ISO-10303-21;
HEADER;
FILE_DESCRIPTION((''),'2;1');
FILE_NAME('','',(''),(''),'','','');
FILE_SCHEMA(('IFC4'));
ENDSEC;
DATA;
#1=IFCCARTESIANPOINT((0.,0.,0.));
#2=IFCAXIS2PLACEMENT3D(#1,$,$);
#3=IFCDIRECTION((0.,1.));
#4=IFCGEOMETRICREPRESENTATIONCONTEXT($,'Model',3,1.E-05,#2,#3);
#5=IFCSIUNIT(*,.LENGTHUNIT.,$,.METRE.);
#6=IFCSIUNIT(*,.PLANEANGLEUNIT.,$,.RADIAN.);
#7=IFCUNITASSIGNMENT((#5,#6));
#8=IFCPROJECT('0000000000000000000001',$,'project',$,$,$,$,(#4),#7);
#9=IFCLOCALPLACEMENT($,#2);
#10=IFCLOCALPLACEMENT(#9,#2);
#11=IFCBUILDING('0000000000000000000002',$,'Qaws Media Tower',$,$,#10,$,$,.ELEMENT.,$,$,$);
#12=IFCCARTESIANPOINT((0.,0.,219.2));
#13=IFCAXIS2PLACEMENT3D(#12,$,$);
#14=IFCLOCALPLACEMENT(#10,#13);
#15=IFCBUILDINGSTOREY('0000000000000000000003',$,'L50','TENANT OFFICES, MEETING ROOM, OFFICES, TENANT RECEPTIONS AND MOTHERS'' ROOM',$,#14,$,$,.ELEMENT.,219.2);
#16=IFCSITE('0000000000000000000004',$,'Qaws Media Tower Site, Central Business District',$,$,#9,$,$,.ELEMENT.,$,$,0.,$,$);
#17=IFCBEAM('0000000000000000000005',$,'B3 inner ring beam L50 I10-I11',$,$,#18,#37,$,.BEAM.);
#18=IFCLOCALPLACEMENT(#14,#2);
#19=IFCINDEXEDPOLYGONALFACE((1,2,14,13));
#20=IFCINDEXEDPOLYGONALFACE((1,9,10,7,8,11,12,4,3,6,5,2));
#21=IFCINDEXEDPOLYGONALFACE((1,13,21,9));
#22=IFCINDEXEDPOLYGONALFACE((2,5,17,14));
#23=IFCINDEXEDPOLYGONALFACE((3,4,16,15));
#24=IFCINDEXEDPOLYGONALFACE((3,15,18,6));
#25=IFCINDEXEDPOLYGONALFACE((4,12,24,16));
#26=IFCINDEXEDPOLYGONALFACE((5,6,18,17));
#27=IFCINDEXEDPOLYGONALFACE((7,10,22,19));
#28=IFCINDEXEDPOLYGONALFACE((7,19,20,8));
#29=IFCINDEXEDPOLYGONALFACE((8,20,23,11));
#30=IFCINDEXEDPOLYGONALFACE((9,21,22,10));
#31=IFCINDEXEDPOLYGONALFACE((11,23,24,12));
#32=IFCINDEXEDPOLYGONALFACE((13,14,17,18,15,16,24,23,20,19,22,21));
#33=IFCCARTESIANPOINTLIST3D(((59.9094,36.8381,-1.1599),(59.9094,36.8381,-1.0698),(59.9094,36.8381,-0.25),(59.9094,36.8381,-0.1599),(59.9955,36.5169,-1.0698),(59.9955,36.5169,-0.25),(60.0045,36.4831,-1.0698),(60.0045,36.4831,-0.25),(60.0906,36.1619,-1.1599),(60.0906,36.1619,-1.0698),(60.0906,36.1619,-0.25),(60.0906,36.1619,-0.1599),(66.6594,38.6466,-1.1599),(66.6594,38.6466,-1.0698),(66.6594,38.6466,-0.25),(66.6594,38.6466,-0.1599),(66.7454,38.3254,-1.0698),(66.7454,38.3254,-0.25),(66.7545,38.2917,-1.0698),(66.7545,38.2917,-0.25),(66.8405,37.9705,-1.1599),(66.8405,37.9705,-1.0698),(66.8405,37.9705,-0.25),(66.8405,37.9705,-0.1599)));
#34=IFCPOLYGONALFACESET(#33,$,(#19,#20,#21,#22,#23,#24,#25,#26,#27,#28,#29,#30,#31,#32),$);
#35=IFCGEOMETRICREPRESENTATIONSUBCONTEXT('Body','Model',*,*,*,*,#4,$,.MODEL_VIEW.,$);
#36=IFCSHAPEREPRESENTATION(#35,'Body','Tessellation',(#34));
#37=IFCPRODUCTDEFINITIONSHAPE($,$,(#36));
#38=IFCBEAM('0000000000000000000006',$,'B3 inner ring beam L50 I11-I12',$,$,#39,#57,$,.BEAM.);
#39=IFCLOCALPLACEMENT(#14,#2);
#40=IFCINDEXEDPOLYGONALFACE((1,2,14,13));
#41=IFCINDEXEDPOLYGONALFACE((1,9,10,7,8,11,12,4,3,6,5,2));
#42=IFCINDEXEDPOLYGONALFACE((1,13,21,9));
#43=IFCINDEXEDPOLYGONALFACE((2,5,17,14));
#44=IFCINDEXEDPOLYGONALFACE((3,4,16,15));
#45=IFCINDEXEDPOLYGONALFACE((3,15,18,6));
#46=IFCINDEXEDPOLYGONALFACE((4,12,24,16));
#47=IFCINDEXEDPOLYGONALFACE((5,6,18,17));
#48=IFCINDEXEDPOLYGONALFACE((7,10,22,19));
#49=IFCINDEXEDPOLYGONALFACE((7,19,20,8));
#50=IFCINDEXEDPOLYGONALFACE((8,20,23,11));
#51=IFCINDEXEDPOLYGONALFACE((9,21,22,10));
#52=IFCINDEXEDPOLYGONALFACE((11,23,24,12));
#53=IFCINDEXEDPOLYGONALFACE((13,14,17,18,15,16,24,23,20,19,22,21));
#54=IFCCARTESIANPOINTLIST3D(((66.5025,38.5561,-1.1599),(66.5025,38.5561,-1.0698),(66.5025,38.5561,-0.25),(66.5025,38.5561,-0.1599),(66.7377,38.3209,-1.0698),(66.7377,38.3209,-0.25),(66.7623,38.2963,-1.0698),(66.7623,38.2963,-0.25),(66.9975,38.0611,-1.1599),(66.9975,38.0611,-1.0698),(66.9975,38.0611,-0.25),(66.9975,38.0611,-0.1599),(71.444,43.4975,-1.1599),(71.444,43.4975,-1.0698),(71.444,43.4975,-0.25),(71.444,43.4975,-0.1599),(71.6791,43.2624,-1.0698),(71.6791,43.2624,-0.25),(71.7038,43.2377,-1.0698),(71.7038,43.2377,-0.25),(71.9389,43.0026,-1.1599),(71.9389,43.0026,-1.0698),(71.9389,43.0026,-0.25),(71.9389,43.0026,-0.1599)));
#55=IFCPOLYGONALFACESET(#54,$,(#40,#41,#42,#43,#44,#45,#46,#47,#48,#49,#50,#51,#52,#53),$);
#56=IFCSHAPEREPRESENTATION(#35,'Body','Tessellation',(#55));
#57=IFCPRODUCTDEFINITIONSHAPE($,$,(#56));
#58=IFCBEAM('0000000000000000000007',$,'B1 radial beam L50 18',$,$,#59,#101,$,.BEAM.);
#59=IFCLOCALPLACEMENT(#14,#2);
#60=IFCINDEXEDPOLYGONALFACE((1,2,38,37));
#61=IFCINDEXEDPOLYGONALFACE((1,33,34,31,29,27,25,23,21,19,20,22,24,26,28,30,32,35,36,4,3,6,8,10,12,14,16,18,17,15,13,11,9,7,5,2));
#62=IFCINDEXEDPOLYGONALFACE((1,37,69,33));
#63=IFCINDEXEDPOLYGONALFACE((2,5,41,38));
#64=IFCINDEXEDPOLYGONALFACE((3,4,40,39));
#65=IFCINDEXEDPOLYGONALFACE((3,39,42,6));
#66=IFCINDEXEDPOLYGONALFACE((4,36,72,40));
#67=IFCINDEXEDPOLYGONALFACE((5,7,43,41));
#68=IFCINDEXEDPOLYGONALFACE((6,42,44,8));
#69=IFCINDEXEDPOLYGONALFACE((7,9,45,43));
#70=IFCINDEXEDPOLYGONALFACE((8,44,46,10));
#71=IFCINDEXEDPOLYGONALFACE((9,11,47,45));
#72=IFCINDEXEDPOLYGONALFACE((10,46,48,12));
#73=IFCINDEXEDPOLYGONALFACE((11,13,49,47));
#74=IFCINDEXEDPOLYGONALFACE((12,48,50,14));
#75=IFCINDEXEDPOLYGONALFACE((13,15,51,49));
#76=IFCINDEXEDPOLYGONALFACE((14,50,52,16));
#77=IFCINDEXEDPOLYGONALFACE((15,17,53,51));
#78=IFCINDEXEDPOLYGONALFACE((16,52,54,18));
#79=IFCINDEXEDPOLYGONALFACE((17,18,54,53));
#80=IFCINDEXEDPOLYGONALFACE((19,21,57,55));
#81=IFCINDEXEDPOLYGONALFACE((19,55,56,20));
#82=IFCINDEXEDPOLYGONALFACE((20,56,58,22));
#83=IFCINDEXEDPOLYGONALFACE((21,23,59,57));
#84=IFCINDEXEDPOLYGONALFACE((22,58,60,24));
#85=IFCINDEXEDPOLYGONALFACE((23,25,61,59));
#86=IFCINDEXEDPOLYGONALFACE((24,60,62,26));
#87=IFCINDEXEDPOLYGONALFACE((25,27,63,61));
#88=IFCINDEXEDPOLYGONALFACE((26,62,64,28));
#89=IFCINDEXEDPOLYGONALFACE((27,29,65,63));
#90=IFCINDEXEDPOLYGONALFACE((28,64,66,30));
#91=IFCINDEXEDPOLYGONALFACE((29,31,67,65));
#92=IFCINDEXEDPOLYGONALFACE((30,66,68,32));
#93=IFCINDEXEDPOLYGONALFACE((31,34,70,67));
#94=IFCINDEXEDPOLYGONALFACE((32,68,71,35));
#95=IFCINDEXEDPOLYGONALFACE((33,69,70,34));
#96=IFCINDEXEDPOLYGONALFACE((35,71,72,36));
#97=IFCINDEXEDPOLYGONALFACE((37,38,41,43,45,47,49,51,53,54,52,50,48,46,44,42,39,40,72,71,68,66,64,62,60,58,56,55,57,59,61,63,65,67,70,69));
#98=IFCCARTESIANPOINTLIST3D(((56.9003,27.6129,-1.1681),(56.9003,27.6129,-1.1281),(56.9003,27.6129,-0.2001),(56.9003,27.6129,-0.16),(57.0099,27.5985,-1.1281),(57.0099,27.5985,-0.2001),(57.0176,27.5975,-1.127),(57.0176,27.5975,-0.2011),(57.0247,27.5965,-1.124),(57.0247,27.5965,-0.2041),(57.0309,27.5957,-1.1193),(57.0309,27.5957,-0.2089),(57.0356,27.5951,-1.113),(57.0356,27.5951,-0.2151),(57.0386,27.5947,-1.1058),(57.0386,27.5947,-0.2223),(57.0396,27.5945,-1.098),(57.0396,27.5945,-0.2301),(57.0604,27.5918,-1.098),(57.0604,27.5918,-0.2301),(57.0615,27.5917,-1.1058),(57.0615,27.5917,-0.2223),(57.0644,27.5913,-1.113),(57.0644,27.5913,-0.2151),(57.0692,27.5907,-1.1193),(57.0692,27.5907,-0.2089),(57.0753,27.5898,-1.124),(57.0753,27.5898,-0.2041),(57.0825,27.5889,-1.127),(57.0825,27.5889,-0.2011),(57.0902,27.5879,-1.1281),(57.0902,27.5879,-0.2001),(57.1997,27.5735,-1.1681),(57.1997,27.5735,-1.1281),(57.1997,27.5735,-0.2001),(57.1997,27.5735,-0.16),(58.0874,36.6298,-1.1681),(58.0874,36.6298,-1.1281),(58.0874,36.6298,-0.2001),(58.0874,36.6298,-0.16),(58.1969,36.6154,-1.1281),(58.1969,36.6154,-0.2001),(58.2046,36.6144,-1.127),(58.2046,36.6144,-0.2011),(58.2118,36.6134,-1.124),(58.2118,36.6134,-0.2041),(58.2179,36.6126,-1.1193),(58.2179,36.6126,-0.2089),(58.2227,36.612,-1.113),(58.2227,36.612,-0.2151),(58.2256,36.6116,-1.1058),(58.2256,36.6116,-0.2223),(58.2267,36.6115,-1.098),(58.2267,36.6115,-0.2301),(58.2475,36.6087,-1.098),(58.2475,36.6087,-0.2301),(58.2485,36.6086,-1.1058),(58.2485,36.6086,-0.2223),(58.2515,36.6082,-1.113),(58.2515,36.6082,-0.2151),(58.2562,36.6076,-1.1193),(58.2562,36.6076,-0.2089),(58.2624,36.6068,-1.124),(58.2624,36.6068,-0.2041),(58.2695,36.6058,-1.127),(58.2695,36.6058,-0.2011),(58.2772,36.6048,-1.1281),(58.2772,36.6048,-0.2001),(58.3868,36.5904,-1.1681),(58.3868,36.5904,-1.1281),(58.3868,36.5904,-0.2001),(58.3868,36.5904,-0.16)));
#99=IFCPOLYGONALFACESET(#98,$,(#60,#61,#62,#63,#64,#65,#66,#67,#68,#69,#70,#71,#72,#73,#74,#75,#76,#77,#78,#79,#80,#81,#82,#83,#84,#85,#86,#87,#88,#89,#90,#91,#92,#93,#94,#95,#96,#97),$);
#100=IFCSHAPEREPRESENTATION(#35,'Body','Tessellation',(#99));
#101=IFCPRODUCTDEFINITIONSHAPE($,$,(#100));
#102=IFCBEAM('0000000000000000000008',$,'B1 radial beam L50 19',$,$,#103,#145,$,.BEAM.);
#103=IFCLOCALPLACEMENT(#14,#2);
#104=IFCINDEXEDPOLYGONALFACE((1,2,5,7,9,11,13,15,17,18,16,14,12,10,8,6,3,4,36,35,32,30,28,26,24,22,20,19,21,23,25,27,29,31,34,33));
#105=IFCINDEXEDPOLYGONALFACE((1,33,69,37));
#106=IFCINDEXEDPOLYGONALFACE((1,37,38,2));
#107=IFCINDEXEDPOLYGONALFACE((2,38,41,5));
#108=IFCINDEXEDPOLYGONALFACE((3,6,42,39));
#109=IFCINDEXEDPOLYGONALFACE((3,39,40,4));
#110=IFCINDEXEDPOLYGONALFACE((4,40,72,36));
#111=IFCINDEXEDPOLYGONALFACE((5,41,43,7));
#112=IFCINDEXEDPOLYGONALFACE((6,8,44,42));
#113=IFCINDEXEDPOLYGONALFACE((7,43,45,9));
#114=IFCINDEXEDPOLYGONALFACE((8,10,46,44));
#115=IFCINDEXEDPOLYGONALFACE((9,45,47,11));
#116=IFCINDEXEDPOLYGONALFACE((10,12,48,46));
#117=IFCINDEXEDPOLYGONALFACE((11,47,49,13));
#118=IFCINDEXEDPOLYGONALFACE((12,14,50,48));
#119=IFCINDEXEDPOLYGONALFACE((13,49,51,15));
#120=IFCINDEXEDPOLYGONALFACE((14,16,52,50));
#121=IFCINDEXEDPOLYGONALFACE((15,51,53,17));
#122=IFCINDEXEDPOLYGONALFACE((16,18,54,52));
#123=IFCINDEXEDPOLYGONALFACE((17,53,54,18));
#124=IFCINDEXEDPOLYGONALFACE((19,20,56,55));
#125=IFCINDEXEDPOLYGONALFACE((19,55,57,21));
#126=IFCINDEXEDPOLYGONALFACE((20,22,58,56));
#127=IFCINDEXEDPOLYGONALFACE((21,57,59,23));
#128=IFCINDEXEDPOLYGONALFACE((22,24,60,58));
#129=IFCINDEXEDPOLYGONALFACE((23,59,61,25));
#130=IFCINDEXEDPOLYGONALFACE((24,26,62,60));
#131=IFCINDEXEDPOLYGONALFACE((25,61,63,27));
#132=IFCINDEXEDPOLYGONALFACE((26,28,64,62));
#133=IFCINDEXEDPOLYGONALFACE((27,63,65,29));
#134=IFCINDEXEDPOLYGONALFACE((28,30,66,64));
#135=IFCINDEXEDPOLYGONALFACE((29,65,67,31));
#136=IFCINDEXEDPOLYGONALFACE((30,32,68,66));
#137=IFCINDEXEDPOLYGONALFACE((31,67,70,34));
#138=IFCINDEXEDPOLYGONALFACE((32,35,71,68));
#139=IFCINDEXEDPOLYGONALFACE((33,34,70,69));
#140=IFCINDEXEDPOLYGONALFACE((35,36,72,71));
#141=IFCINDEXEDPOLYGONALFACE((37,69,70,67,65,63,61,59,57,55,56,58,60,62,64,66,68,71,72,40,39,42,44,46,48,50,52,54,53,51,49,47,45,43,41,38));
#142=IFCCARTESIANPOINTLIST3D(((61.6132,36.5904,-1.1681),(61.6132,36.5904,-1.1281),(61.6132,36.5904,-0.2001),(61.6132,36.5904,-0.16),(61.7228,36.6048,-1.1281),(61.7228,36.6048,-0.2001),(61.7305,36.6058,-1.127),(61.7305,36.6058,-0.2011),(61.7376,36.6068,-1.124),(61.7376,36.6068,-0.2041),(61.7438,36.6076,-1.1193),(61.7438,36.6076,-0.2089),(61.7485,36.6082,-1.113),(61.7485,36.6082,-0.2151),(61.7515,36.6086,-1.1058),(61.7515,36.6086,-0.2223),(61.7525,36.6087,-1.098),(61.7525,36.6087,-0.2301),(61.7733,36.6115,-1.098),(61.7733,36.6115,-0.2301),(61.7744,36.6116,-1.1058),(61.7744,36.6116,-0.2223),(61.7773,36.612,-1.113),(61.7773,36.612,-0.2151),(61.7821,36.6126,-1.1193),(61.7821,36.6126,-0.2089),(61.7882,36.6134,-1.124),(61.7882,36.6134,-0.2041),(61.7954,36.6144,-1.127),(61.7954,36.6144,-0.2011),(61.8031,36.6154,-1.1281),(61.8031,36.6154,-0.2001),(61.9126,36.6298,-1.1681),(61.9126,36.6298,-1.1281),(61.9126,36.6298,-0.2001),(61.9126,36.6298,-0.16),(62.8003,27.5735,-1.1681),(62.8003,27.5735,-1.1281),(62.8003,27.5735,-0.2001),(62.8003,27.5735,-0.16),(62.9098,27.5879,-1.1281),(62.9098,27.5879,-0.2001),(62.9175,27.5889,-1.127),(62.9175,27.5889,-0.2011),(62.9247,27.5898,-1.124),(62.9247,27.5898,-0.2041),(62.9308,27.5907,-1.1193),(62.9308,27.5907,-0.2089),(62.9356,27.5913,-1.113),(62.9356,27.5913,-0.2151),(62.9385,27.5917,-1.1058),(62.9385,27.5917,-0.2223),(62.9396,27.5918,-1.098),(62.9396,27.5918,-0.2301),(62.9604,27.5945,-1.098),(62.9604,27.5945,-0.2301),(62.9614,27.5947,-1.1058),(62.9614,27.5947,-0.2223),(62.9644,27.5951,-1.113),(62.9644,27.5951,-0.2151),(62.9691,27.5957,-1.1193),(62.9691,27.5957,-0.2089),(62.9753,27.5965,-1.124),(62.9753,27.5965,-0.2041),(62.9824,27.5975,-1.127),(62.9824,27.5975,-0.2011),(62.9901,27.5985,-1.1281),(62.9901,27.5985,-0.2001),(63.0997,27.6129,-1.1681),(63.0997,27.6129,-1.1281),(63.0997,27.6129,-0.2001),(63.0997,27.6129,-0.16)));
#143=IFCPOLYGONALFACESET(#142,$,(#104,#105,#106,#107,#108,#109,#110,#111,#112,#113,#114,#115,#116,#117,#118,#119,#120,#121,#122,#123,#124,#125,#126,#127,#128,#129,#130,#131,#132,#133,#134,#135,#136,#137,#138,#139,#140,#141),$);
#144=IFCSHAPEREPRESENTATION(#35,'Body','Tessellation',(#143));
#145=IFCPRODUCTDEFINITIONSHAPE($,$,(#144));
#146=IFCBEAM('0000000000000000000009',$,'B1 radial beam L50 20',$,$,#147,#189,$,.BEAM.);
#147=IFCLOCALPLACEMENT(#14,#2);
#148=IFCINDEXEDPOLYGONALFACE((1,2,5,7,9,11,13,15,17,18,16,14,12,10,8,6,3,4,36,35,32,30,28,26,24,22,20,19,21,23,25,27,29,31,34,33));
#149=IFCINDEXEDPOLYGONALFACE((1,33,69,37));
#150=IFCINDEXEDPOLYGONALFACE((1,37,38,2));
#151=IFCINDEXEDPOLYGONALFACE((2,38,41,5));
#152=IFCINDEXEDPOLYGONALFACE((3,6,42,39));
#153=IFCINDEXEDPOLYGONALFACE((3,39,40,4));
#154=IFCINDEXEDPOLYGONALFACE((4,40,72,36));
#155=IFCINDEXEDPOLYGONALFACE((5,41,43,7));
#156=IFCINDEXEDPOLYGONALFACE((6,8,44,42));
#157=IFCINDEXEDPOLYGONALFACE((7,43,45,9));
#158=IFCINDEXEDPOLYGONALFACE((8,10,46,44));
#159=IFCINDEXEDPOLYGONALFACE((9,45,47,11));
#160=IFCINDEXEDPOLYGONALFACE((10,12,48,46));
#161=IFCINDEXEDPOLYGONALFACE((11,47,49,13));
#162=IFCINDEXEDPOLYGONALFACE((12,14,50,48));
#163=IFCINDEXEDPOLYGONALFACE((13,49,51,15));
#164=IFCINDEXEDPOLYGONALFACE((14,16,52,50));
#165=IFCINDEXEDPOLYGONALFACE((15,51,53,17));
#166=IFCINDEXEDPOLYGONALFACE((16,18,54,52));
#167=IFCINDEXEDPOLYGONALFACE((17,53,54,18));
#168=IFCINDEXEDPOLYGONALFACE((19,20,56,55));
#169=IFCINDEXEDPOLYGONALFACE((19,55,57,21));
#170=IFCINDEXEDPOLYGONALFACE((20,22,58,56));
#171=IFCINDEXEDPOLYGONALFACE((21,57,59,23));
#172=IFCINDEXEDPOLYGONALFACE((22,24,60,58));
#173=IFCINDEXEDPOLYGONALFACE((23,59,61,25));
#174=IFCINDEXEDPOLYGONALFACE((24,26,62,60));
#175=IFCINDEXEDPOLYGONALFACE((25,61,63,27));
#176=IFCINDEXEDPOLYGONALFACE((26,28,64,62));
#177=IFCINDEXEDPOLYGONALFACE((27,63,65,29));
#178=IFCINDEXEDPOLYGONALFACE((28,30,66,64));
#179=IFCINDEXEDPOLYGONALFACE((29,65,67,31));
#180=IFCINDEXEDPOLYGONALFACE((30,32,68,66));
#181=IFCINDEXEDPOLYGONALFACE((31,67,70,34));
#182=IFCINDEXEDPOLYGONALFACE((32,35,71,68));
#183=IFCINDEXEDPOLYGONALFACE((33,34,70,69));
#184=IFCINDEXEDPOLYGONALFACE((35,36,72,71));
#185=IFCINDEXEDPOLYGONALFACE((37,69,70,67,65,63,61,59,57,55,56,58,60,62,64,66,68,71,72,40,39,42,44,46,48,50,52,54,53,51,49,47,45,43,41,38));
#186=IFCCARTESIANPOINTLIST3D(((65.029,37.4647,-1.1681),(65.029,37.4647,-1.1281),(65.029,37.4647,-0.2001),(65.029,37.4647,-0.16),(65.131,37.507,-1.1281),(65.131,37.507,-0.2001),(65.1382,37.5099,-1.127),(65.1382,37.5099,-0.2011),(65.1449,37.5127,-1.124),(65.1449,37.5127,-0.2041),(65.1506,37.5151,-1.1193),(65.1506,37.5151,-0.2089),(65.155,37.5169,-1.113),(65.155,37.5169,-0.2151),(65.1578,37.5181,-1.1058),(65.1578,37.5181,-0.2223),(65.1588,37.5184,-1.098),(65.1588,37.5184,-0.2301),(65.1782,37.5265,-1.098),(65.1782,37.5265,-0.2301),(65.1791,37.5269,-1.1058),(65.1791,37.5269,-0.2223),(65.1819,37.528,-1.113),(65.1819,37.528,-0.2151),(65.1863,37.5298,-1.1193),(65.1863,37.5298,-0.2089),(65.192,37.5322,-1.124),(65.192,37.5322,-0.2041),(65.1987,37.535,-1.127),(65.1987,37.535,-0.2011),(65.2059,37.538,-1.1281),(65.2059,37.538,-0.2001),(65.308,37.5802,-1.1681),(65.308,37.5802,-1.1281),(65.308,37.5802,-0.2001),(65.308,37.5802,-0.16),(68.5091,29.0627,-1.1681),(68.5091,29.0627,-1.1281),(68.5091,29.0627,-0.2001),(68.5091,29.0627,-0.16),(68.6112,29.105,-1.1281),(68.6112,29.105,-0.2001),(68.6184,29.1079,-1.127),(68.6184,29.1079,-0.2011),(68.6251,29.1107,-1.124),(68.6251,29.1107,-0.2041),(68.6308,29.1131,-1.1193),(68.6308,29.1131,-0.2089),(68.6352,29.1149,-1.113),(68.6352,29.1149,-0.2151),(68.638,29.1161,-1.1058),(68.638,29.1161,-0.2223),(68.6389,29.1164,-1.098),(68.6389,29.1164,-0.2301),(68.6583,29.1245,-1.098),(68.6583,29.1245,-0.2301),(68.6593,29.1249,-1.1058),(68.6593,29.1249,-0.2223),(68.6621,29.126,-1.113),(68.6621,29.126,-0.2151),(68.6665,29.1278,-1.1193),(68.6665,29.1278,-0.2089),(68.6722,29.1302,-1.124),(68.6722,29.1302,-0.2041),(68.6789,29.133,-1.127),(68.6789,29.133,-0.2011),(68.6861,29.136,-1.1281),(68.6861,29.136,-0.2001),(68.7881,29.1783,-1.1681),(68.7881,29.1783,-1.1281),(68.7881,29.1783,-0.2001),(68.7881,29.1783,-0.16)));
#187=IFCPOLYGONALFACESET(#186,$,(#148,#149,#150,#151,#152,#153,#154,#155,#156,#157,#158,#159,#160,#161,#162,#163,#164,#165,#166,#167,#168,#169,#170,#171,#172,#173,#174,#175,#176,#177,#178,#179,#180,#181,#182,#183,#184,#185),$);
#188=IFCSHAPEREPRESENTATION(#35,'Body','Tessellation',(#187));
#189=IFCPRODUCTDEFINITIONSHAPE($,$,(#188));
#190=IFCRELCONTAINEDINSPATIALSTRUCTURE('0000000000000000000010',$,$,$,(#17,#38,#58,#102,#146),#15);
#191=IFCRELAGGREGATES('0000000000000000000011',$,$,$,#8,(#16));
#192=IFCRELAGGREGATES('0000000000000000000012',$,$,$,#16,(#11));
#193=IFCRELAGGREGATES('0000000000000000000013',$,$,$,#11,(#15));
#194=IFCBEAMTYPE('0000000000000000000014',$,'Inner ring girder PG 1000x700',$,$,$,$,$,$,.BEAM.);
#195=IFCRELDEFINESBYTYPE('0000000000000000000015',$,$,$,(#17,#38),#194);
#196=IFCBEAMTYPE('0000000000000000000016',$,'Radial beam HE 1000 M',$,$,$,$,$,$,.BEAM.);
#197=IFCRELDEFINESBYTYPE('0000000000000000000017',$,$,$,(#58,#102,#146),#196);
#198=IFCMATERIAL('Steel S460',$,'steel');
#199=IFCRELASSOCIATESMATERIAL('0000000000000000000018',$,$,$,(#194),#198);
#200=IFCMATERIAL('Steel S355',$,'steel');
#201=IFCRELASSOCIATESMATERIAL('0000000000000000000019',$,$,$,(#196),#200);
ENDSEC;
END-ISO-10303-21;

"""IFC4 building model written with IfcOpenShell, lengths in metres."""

from ifc_helpers import new_model, si_unit, direction, frame, origin, origin_2d, place, context, subcontext, project, spatial, i_section, extrude, material, material_profile, profile_set, type_object, element, save


model = new_model("IFC4")

# Units and contexts
model_context = context("Model", 3, precision=1e-05, world=origin(), true_north=direction((0.0, 1.0)))
body_context = subcontext(model_context, "Body", "Model", "MODEL_VIEW")
ifc_project = project(units=[si_unit("LENGTHUNIT", "METRE"), si_unit("PLANEANGLEUNIT", "RADIAN")], contexts=[model_context])

# Site, building, storey
site_placement = place(None, origin())
site = spatial("IfcSite", under=ifc_project, at=site_placement, Name="Qaws Media Tower Site, Central Business District", CompositionType="ELEMENT", RefElevation=0.0)
building_placement = place(site_placement, origin())
building = spatial("IfcBuilding", under=site, at=building_placement, Name="Qaws Media Tower", CompositionType="ELEMENT")
storey_placement = place(building_placement, frame((0.0, 0.0, 219.2)))
storey = spatial("IfcBuildingStorey", under=building, at=storey_placement, Name="L50", Description="TENANT OFFICES, MEETING ROOM, OFFICES, TENANT RECEPTIONS AND MOTHERS' ROOM", CompositionType="ELEMENT", Elevation=219.2)

# Beams
ifc_material_1 = material(Name="Steel S460", Category="steel")
ifc_material_profile_1 = material_profile(ifc_material_1, i_section(OverallWidth=0.7, OverallDepth=1.0, WebThickness=0.0349, FlangeThickness=0.0901, at=origin_2d()), Name="PG 1000x700")
ifc_profile_set_1 = profile_set([ifc_material_profile_1], Name="Steel S460")
beam_type_1 = type_object("IfcBeamType", Name="Inner ring girder PG 1000x700", PredefinedType="BEAM", material=ifc_profile_set_1)
beam_1_placement = place(storey_placement, frame((60.0, 36.5, -0.6599), z_axis=(0.965928, 0.258811, 0.0), x_axis=(-0.258811, 0.965928, 0.0)))
element("IfcBeam", 1, at=beam_1_placement, inside=storey, type_object=beam_type_1, Name="B3 inner ring beam L50 I10-I11", PredefinedType="BEAM", context=body_context, shape_type="SweptSolid", body=[
    extrude(i_section(OverallWidth=0.7, OverallDepth=1.0, WebThickness=0.0349, FlangeThickness=0.0901, at=origin_2d()), origin(), (0.0, 0.0, 1.0), 6.988),
])
beam_2_placement = place(storey_placement, frame((66.75, 38.3086, -0.6599), z_axis=(0.707107, 0.707107, 0.0), x_axis=(-0.707107, 0.707107, 0.0)))
element("IfcBeam", 2, at=beam_2_placement, inside=storey, type_object=beam_type_1, Name="B3 inner ring beam L50 I11-I12", PredefinedType="BEAM", context=body_context, shape_type="SweptSolid", body=[
    extrude(i_section(OverallWidth=0.7, OverallDepth=1.0, WebThickness=0.0349, FlangeThickness=0.0901, at=origin_2d()), origin(), (0.0, 0.0, 1.0), 6.9883),
])
ifc_material_2 = material(Name="Steel S355", Category="steel")
ifc_material_profile_2 = material_profile(ifc_material_2, i_section(OverallWidth=0.302, OverallDepth=1.0081, WebThickness=0.021, FlangeThickness=0.04, FilletRadius=0.03, at=origin_2d()), Name="HE 1000 M")
ifc_profile_set_2 = profile_set([ifc_material_profile_2], Name="Steel S355")
beam_type_2 = type_object("IfcBeamType", Name="Radial beam HE 1000 M", PredefinedType="BEAM", material=ifc_profile_set_2)
for number, where, z_axis, x_axis, name in (
    (3, (58.2371, 36.6101, -0.6641), (-0.130518, -0.991446, 0.0), (0.991446, -0.130518, 0.0), "B1 radial beam L50 18"),
    (4, (61.7629, 36.6101, -0.6641), (0.130518, -0.991446, 0.0), (0.991446, 0.130518, 0.0), "B1 radial beam L50 19"),
):
    element("IfcBeam", number, at=place(storey_placement, frame(where, z_axis=z_axis, x_axis=x_axis)), inside=storey, type_object=beam_type_2, Name=name, PredefinedType="BEAM", context=body_context, shape_type="SweptSolid", body=[
        extrude(i_section(OverallWidth=0.302, OverallDepth=1.0081, WebThickness=0.021, FlangeThickness=0.04, FilletRadius=0.03, at=origin_2d()), origin(), (0.0, 0.0, 1.0), 9.0947),
    ])
beam_3_placement = place(storey_placement, frame((65.1685, 37.5225, -0.6641), z_axis=(0.38268, -0.923881, 0.0), x_axis=(0.923881, 0.38268, 0.0)))
element("IfcBeam", 5, at=beam_3_placement, inside=storey, type_object=beam_type_2, Name="B1 radial beam L50 20", PredefinedType="BEAM", context=body_context, shape_type="SweptSolid", body=[
    extrude(i_section(OverallWidth=0.302, OverallDepth=1.0081, WebThickness=0.021, FlangeThickness=0.04, FilletRadius=0.03, at=origin_2d()), origin(), (0.0, 0.0, 1.0), 9.0942),
])

save(model, "model.ifc")
